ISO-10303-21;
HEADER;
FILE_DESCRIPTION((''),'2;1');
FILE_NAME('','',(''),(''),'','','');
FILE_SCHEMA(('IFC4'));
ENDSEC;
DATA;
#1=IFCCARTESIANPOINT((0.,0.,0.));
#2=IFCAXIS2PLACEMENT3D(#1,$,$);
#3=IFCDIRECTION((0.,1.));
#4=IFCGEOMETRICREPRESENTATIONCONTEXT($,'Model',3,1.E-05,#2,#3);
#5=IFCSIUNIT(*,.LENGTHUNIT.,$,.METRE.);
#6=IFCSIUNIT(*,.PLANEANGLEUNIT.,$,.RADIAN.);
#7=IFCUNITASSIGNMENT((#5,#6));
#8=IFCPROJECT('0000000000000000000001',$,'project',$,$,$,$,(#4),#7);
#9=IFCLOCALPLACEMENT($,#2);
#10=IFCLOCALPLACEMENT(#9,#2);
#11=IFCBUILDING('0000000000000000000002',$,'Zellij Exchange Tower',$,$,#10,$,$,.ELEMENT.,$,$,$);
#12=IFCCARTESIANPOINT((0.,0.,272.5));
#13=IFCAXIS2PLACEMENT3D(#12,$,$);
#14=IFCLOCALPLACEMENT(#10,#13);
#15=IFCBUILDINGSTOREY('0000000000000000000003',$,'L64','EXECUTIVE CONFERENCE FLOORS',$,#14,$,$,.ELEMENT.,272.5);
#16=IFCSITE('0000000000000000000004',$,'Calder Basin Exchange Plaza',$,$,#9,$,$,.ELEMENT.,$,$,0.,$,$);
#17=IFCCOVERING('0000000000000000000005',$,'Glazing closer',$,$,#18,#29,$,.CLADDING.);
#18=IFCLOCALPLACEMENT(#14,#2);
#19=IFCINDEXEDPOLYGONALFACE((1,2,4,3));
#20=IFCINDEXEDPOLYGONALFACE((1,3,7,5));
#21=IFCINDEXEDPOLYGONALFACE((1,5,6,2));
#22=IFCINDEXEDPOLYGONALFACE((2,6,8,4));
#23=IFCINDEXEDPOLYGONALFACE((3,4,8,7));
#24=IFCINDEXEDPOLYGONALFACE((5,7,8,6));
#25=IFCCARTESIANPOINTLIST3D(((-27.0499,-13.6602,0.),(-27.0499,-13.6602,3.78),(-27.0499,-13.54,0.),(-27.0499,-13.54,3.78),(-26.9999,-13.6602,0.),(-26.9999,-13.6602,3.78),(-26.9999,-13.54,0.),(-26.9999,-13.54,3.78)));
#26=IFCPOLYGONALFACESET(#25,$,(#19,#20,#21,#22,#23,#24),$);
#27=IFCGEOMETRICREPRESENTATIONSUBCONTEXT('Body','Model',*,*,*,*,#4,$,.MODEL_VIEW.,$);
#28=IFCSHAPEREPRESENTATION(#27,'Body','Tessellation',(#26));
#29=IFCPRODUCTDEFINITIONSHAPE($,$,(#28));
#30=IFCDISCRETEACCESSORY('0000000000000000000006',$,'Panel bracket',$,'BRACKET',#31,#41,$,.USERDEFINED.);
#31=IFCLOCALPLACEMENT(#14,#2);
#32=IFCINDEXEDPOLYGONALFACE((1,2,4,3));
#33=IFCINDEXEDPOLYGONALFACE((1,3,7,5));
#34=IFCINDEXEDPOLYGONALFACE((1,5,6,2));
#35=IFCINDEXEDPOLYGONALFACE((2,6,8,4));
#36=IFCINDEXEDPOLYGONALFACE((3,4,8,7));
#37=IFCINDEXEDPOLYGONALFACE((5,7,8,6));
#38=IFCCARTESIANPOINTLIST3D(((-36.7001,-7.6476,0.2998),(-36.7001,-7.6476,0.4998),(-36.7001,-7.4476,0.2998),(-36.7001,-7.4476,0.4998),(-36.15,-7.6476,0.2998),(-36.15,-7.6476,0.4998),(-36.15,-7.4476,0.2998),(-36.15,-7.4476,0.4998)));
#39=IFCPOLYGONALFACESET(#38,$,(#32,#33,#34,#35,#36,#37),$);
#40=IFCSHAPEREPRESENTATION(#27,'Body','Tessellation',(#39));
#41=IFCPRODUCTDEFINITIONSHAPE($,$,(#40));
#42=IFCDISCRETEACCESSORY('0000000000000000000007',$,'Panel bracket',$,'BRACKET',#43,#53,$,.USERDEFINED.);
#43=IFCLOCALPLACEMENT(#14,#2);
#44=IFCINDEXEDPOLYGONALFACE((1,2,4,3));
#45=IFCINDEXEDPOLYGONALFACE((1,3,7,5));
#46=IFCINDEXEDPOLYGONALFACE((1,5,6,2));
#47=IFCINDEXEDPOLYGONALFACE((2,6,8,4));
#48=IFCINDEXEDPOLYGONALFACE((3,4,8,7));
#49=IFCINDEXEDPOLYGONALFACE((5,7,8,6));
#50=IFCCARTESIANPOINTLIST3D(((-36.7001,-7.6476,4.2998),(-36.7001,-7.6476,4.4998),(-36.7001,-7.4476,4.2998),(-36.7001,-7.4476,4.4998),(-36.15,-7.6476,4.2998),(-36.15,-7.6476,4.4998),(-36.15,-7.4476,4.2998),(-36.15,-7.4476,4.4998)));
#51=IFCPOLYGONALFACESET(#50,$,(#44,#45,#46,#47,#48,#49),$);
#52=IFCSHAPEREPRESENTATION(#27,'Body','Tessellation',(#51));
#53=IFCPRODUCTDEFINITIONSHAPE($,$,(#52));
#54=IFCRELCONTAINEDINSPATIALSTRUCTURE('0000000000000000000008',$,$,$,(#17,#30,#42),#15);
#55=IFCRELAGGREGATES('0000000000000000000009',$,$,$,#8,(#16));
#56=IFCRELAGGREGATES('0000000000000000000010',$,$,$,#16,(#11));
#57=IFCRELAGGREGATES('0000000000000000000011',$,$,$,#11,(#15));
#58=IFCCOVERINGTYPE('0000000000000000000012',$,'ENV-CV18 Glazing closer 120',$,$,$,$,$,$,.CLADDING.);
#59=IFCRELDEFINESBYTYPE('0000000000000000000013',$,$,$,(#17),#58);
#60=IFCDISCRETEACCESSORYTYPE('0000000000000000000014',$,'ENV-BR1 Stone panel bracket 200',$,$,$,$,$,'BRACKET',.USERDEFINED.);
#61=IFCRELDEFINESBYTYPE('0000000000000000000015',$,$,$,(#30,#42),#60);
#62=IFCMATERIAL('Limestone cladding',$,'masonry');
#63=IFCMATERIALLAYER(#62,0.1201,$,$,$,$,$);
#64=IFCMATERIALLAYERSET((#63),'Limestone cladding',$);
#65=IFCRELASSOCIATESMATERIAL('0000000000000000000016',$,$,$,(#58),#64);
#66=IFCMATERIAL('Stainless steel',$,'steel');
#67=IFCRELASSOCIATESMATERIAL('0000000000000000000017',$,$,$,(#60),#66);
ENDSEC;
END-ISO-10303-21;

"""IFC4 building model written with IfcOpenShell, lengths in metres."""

from ifc_helpers import new_model, si_unit, direction, frame, origin, origin_2d, place, context, subcontext, project, spatial, rectangle, extrude, material, layer, layer_set, type_object, element, save


model = new_model("IFC4")

# Units and contexts
model_context = context("Model", 3, precision=1e-05, world=origin(), true_north=direction((0.0, 1.0)))
body_context = subcontext(model_context, "Body", "Model", "MODEL_VIEW")
ifc_project = project(units=[si_unit("LENGTHUNIT", "METRE"), si_unit("PLANEANGLEUNIT", "RADIAN")], contexts=[model_context])

# Site, building, storey
site_placement = place(None, origin())
site = spatial("IfcSite", under=ifc_project, at=site_placement, Name="Calder Basin Exchange Plaza", CompositionType="ELEMENT", RefElevation=0.0)
building_placement = place(site_placement, origin())
building = spatial("IfcBuilding", under=site, at=building_placement, Name="Zellij Exchange Tower", CompositionType="ELEMENT")
storey_placement = place(building_placement, frame((0.0, 0.0, 272.5)))
storey = spatial("IfcBuildingStorey", under=building, at=storey_placement, Name="L64", Description="EXECUTIVE CONFERENCE FLOORS", CompositionType="ELEMENT", Elevation=272.5)

# Shared definitions
ifc_material_1 = material(Name="Stainless steel", Category="steel")

# Covering
ifc_material_2 = material(Name="Limestone cladding", Category="masonry")
ifc_layer_1 = layer(ifc_material_2, 0.1201)
ifc_layer_set_1 = layer_set([ifc_layer_1], Name="Limestone cladding")
covering_type = type_object("IfcCoveringType", Name="ENV-CV18 Glazing closer 120", PredefinedType="CLADDING", material=ifc_layer_set_1)
covering_placement = place(storey_placement, frame((-27.0249, -13.6001, 0.0), z_axis=(0.0, 0.0, 1.0), x_axis=(1.0, 0.0, 0.0)))
element("IfcCovering", 1, at=covering_placement, inside=storey, type_object=covering_type, Name="Glazing closer", PredefinedType="CLADDING", context=body_context, shape_type="SweptSolid", body=[
    extrude(rectangle(XDim=0.05, YDim=0.1201, at=origin_2d()), origin(), (0.0, 0.0, 1.0), 3.78),
])

# Discrete accessories
discrete_accessory_type = type_object("IfcDiscreteAccessoryType", Name="ENV-BR1 Stone panel bracket 200", ElementType="BRACKET", PredefinedType="USERDEFINED", material=ifc_material_1)
for number, where, z_axis, x_axis, name in (
    (2, (-36.425, -7.5476, 0.2998), (0.0, 0.0, 1.0), (0.0, -1.0, 0.0), "Panel bracket"),
    (3, (-36.425, -7.5476, 4.2998), (0.0, 0.0, 1.0), (0.0, -1.0, 0.0), "Panel bracket"),
):
    element("IfcDiscreteAccessory", number, at=place(storey_placement, frame(where, z_axis=z_axis, x_axis=x_axis)), inside=storey, type_object=discrete_accessory_type, Name=name, ObjectType="BRACKET", PredefinedType="USERDEFINED", context=body_context, shape_type="SweptSolid", body=[
        extrude(rectangle(XDim=0.2, YDim=0.55, at=origin_2d()), origin(), (0.0, 0.0, 1.0), 0.2),
    ])

save(model, "model.ifc")
